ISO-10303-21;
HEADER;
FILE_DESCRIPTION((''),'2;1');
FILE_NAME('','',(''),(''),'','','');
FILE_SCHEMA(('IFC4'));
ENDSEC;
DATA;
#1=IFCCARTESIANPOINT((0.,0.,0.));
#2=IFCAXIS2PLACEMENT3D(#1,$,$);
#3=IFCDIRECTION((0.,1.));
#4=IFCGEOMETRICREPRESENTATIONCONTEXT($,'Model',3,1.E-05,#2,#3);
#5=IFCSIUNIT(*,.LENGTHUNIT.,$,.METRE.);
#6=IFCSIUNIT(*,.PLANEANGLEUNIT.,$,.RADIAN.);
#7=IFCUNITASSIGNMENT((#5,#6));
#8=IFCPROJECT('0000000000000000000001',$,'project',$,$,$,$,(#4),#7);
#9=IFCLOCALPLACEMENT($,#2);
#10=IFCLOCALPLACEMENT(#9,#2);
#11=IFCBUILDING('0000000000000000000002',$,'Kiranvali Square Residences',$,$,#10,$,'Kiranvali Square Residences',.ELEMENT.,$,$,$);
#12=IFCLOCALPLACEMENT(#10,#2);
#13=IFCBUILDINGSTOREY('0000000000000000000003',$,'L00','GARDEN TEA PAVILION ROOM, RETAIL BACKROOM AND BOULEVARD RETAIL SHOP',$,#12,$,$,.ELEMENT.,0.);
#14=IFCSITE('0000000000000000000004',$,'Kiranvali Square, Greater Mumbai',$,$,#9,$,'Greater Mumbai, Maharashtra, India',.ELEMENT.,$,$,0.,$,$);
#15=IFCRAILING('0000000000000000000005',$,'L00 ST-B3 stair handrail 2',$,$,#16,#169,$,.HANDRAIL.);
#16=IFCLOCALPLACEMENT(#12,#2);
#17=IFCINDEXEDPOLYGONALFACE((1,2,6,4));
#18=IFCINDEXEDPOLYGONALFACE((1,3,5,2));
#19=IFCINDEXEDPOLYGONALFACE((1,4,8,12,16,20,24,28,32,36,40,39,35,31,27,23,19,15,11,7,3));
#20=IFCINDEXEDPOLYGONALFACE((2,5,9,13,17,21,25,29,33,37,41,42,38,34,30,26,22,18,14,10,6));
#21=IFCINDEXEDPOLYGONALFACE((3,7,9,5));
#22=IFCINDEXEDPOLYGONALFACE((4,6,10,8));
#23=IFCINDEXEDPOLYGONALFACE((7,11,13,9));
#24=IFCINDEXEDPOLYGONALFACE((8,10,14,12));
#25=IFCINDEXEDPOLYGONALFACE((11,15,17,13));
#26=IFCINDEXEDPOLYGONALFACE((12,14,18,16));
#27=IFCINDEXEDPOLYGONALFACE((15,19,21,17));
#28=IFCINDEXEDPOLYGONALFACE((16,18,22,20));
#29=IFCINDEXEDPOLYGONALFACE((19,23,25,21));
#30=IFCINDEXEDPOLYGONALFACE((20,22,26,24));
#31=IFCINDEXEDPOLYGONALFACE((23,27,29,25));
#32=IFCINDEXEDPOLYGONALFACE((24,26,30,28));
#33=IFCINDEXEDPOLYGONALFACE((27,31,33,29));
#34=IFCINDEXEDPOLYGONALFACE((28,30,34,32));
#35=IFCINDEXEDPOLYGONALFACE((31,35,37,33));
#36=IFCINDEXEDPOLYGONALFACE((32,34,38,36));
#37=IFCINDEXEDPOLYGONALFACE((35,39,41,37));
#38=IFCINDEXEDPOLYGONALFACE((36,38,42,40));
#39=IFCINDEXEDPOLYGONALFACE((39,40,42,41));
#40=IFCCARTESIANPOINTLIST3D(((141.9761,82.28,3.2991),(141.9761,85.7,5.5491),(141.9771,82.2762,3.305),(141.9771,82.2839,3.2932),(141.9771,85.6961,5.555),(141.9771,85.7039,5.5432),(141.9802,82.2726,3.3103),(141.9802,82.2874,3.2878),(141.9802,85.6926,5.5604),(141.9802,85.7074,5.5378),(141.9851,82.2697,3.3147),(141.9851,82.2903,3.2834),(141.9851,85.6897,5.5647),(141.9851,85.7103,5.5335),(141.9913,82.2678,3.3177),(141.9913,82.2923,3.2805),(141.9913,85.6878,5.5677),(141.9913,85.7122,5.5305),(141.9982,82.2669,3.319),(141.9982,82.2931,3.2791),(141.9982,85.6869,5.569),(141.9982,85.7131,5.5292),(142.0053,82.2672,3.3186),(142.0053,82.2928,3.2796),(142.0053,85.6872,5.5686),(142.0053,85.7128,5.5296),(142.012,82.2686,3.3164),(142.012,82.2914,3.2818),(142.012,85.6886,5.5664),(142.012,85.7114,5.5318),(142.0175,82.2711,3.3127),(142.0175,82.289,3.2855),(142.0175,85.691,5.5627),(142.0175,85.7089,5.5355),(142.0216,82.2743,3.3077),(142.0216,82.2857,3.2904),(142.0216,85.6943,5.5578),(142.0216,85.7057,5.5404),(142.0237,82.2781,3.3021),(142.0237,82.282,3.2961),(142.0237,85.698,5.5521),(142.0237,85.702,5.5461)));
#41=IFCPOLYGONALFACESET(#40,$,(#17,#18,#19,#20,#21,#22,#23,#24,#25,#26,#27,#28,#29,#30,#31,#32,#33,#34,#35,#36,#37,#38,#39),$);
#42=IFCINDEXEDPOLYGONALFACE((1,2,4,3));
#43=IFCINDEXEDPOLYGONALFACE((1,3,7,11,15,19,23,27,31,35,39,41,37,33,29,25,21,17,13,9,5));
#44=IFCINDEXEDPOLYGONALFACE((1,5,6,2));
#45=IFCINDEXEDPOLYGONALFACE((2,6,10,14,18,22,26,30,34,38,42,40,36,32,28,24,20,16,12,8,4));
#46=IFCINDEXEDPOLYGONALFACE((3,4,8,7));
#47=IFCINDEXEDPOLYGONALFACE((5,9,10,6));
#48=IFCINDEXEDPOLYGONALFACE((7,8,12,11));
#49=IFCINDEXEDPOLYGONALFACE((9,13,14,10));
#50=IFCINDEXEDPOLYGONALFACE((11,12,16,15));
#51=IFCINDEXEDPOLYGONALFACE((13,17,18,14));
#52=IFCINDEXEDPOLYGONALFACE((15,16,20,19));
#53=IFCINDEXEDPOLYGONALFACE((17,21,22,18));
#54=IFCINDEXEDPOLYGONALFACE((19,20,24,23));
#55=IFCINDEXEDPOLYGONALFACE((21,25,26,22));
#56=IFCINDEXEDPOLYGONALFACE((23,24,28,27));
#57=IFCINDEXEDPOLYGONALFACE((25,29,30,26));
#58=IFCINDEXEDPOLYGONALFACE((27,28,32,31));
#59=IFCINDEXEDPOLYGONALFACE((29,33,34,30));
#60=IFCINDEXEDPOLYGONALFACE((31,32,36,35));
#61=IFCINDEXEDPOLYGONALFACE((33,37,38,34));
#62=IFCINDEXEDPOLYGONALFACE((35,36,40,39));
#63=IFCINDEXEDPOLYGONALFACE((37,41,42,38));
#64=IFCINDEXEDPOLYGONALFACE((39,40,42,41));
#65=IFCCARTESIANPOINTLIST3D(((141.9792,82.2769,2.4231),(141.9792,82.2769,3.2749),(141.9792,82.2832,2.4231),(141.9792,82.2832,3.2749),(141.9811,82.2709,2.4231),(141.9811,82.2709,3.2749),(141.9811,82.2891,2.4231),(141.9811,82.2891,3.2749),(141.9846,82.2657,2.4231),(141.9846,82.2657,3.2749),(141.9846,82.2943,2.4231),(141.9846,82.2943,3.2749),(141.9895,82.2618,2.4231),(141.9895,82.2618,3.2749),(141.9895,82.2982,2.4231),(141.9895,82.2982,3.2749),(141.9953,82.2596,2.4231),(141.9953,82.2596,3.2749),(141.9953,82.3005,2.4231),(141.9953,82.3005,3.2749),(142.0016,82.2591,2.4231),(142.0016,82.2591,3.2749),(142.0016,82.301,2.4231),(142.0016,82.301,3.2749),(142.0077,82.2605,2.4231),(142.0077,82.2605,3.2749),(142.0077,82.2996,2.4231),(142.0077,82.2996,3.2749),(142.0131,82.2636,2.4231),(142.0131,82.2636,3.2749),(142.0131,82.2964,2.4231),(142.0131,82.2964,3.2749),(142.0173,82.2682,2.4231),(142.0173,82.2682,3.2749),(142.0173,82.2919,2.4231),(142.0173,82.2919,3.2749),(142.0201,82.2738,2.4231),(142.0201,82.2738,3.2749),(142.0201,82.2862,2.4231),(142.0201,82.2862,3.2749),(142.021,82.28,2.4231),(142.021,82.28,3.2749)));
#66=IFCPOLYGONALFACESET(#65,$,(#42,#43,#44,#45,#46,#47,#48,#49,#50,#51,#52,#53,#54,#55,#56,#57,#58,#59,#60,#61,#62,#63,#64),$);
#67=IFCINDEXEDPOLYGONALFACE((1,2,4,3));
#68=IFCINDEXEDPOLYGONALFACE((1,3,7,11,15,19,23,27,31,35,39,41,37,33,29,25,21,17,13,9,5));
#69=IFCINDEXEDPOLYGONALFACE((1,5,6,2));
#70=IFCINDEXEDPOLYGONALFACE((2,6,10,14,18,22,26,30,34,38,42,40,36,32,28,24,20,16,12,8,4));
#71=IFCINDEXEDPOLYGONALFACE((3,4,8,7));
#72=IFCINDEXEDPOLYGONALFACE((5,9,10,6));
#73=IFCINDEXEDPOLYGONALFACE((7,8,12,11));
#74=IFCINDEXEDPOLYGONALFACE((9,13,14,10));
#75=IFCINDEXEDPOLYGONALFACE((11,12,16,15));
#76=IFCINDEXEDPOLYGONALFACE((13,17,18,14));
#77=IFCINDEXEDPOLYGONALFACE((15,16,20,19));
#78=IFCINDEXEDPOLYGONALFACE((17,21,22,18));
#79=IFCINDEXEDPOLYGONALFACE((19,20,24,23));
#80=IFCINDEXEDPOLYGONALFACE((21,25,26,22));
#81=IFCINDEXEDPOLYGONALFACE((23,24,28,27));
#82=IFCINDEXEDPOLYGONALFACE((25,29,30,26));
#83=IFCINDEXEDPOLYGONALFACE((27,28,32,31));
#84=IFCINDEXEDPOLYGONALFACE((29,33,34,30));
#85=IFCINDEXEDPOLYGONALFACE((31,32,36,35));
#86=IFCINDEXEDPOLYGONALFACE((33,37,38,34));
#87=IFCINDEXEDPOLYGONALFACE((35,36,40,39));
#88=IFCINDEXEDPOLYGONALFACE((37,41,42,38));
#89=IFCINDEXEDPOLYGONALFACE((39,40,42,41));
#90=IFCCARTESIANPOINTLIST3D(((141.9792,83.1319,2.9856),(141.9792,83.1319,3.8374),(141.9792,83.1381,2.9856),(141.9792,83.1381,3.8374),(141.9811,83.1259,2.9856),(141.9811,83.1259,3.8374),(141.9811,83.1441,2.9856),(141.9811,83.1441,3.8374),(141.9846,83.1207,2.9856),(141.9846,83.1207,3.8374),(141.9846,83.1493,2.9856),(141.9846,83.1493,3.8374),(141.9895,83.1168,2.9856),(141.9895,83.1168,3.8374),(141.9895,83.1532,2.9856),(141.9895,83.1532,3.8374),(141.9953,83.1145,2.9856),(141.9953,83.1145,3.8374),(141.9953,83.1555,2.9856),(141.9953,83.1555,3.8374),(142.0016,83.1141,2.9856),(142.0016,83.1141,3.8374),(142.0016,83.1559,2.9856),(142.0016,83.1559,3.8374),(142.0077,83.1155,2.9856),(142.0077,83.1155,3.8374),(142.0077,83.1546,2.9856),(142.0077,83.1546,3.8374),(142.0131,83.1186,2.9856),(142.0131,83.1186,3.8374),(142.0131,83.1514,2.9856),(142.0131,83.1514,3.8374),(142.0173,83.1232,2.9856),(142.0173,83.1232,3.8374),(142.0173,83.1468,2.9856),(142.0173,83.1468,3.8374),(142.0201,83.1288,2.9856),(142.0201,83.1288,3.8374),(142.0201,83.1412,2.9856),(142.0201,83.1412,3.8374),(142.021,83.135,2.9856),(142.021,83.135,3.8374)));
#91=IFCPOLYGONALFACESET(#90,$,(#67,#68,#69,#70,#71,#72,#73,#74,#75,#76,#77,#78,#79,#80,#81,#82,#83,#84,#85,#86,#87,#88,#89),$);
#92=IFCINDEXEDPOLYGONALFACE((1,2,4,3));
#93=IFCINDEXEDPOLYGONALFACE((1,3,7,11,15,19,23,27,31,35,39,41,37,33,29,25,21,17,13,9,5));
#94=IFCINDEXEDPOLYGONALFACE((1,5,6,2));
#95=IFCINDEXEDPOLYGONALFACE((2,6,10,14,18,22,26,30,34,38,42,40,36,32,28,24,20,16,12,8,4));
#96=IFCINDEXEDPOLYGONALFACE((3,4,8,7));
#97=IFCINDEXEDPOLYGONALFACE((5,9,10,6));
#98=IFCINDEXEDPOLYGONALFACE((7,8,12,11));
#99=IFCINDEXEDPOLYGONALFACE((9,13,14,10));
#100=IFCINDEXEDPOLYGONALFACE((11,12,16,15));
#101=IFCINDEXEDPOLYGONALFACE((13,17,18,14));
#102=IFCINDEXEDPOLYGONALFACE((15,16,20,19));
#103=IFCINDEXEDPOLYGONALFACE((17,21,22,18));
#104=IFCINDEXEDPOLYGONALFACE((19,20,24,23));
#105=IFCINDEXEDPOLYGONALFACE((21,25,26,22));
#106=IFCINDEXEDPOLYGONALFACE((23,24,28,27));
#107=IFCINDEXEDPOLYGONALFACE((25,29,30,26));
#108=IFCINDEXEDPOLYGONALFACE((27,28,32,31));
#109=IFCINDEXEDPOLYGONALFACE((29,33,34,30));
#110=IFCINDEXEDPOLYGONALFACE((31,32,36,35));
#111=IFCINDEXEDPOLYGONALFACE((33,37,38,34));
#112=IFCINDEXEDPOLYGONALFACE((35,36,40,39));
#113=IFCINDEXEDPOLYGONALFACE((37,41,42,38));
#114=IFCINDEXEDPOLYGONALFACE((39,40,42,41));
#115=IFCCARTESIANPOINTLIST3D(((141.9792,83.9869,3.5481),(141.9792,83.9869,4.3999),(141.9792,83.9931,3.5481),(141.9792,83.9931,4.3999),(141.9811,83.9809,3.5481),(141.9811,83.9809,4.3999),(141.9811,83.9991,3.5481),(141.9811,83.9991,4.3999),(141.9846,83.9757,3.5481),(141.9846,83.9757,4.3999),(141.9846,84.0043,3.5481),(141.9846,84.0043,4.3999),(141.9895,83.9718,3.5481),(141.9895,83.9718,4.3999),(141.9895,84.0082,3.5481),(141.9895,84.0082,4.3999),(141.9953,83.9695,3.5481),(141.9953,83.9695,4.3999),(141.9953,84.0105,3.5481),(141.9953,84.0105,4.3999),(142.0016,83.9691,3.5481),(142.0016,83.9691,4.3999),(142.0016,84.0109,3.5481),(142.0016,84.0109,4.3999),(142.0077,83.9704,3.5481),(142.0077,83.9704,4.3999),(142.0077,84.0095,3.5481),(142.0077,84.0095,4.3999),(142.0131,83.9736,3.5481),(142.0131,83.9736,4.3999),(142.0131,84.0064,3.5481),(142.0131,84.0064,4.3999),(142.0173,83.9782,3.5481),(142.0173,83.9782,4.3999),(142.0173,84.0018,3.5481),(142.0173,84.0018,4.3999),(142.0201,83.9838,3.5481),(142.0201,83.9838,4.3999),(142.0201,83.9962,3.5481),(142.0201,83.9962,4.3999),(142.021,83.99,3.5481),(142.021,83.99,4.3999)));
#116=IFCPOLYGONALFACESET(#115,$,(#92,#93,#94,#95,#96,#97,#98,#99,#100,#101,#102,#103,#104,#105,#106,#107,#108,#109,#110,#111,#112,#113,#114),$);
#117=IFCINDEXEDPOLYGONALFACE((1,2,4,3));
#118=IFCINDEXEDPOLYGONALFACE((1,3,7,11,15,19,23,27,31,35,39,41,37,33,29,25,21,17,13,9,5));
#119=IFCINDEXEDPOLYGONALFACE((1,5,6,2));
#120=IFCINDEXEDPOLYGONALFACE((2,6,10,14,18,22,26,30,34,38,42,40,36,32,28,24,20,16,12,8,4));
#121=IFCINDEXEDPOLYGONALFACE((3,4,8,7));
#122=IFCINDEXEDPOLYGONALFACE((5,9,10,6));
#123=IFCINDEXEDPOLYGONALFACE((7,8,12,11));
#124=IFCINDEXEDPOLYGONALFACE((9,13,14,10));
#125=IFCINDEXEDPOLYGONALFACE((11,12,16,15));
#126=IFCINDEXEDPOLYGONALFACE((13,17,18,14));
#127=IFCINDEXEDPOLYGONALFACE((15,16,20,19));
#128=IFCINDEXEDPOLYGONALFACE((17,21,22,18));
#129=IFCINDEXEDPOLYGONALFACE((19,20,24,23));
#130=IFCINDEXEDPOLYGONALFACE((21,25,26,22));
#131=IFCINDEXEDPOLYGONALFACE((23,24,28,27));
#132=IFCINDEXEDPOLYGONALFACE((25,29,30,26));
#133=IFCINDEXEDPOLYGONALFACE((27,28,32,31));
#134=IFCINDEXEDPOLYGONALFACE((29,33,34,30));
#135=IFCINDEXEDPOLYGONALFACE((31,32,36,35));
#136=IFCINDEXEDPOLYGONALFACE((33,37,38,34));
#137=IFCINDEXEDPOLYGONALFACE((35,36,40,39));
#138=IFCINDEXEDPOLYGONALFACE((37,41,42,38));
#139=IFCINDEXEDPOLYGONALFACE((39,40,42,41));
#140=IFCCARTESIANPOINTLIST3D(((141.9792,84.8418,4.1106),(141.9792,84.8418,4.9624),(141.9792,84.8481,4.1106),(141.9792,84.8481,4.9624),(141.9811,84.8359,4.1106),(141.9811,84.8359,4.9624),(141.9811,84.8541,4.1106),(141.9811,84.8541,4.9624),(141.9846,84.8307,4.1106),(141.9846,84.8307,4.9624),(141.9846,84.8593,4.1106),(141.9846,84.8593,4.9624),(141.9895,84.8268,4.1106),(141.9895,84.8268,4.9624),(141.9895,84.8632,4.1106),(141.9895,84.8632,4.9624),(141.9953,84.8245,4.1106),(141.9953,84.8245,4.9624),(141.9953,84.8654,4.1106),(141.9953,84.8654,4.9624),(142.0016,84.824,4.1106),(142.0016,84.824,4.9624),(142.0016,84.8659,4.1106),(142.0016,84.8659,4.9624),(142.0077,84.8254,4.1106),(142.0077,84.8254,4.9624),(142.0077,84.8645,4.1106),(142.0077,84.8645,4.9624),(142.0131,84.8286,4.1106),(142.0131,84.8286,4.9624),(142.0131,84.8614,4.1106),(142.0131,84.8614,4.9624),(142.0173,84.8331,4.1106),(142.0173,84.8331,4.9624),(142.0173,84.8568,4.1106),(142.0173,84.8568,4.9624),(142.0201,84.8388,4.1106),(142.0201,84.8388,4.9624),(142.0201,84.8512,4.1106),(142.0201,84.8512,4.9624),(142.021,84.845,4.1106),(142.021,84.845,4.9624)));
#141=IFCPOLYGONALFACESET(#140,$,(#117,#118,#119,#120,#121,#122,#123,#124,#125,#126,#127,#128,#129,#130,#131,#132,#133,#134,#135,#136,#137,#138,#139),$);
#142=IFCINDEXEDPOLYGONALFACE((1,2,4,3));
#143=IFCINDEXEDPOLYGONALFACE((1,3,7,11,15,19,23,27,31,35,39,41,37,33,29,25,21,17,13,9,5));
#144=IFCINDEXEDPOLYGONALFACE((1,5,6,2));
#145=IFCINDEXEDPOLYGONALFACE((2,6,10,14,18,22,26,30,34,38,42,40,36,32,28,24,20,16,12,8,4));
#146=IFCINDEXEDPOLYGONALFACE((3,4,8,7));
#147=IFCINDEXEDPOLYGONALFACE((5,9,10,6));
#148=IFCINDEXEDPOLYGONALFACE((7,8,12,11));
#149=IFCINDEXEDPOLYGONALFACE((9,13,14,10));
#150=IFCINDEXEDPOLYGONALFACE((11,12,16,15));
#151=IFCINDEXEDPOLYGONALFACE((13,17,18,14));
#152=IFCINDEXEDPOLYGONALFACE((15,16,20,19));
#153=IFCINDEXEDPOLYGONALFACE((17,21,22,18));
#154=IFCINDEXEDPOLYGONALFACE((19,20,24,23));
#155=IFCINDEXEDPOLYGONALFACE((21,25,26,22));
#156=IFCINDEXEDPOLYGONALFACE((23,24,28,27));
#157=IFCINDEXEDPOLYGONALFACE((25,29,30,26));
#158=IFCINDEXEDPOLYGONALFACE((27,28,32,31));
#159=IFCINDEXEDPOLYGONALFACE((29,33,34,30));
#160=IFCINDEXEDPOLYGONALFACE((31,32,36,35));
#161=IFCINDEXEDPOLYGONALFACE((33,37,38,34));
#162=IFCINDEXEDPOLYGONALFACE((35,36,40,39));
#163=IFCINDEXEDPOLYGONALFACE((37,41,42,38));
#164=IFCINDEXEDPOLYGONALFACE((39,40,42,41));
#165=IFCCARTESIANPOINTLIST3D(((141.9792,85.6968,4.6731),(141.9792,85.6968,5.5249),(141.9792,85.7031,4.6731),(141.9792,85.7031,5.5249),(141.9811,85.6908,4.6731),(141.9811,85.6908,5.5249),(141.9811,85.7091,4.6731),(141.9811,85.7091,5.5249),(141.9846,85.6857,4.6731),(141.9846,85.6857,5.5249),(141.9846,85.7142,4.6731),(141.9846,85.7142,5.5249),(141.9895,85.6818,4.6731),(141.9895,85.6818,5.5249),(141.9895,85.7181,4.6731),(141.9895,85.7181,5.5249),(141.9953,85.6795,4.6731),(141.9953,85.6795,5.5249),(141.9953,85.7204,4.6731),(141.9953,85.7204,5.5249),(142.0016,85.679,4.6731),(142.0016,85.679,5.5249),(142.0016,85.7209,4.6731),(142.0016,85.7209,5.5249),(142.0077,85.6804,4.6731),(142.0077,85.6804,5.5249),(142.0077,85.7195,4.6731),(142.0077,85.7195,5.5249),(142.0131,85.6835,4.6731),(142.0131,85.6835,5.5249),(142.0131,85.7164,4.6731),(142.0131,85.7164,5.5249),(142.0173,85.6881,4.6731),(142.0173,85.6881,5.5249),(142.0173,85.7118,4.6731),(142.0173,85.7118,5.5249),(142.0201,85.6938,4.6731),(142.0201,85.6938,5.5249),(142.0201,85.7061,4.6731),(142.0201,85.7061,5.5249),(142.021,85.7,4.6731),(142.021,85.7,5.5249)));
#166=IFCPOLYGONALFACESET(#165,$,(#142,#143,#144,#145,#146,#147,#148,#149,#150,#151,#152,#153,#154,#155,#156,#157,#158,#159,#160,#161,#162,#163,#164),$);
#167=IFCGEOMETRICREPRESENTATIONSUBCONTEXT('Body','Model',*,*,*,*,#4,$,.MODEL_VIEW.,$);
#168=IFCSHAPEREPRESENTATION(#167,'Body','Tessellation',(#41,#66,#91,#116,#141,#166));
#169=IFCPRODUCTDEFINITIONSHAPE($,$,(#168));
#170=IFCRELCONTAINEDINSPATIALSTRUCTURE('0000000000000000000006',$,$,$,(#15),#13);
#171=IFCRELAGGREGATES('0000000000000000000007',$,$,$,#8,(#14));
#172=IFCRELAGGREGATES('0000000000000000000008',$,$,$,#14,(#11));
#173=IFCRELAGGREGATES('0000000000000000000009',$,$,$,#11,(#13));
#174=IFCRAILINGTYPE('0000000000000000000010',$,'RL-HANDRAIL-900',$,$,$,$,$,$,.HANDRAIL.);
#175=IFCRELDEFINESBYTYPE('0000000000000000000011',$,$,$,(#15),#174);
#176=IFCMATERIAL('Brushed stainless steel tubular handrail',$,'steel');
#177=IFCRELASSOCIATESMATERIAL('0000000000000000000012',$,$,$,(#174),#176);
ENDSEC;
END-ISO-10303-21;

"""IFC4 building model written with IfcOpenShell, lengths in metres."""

from ifc_helpers import new_model, si_unit, direction, frame, origin, origin_2d, place, context, subcontext, project, spatial, circle, extrude, material, type_object, element, save


model = new_model("IFC4")

# Units and contexts
model_context = context("Model", 3, precision=1e-05, world=origin(), true_north=direction((0.0, 1.0)))
body_context = subcontext(model_context, "Body", "Model", "MODEL_VIEW")
ifc_project = project(units=[si_unit("LENGTHUNIT", "METRE"), si_unit("PLANEANGLEUNIT", "RADIAN")], contexts=[model_context])

# Site, building, storey
site_placement = place(None, origin())
site = spatial("IfcSite", under=ifc_project, at=site_placement, Name="Kiranvali Square, Greater Mumbai", LongName="Greater Mumbai, Maharashtra, India", CompositionType="ELEMENT", RefElevation=0.0)
building_placement = place(site_placement, origin())
building = spatial("IfcBuilding", under=site, at=building_placement, Name="Kiranvali Square Residences", LongName="Kiranvali Square Residences", CompositionType="ELEMENT")
storey_placement = place(building_placement, origin())
storey = spatial("IfcBuildingStorey", under=building, at=storey_placement, Name="L00", Description="GARDEN TEA PAVILION ROOM, RETAIL BACKROOM AND BOULEVARD RETAIL SHOP", CompositionType="ELEMENT", Elevation=0.0)

# Railing
ifc_material_1 = material(Name="Brushed stainless steel tubular handrail", Category="steel")
railing_type_1 = type_object("IfcRailingType", Name="RL-HANDRAIL-900", PredefinedType="HANDRAIL", material=ifc_material_1)
railing_1_placement = place(storey_placement, frame((142.0, 82.28, 2.4231)))
element("IfcRailing", 1, at=railing_1_placement, inside=storey, type_object=railing_type_1, Name="L00 ST-B3 stair handrail 2", PredefinedType="HANDRAIL", context=body_context, shape_type="SweptSolid", body=[
    extrude(circle(Radius=0.0239, at=origin_2d()), frame((0.0, 0.0, 0.876), z_axis=(0.0, 0.835411, 0.549625), x_axis=(-1.0, 0.0, 0.0)), (0.0, 0.0, 1.0), 4.0938),
    extrude(circle(Radius=0.021, at=origin_2d()), origin(), (0.0, 0.0, 1.0), 0.8518),
    extrude(circle(Radius=0.021, at=origin_2d()), frame((0.0, 0.855, 0.5625)), (0.0, 0.0, 1.0), 0.8518),
    extrude(circle(Radius=0.021, at=origin_2d()), frame((0.0, 1.71, 1.125)), (0.0, 0.0, 1.0), 0.8518),
    extrude(circle(Radius=0.021, at=origin_2d()), frame((0.0, 2.5649, 1.6875)), (0.0, 0.0, 1.0), 0.8518),
    extrude(circle(Radius=0.021, at=origin_2d()), frame((0.0, 3.4199, 2.25)), (0.0, 0.0, 1.0), 0.8518),
])

save(model, "model.ifc")
